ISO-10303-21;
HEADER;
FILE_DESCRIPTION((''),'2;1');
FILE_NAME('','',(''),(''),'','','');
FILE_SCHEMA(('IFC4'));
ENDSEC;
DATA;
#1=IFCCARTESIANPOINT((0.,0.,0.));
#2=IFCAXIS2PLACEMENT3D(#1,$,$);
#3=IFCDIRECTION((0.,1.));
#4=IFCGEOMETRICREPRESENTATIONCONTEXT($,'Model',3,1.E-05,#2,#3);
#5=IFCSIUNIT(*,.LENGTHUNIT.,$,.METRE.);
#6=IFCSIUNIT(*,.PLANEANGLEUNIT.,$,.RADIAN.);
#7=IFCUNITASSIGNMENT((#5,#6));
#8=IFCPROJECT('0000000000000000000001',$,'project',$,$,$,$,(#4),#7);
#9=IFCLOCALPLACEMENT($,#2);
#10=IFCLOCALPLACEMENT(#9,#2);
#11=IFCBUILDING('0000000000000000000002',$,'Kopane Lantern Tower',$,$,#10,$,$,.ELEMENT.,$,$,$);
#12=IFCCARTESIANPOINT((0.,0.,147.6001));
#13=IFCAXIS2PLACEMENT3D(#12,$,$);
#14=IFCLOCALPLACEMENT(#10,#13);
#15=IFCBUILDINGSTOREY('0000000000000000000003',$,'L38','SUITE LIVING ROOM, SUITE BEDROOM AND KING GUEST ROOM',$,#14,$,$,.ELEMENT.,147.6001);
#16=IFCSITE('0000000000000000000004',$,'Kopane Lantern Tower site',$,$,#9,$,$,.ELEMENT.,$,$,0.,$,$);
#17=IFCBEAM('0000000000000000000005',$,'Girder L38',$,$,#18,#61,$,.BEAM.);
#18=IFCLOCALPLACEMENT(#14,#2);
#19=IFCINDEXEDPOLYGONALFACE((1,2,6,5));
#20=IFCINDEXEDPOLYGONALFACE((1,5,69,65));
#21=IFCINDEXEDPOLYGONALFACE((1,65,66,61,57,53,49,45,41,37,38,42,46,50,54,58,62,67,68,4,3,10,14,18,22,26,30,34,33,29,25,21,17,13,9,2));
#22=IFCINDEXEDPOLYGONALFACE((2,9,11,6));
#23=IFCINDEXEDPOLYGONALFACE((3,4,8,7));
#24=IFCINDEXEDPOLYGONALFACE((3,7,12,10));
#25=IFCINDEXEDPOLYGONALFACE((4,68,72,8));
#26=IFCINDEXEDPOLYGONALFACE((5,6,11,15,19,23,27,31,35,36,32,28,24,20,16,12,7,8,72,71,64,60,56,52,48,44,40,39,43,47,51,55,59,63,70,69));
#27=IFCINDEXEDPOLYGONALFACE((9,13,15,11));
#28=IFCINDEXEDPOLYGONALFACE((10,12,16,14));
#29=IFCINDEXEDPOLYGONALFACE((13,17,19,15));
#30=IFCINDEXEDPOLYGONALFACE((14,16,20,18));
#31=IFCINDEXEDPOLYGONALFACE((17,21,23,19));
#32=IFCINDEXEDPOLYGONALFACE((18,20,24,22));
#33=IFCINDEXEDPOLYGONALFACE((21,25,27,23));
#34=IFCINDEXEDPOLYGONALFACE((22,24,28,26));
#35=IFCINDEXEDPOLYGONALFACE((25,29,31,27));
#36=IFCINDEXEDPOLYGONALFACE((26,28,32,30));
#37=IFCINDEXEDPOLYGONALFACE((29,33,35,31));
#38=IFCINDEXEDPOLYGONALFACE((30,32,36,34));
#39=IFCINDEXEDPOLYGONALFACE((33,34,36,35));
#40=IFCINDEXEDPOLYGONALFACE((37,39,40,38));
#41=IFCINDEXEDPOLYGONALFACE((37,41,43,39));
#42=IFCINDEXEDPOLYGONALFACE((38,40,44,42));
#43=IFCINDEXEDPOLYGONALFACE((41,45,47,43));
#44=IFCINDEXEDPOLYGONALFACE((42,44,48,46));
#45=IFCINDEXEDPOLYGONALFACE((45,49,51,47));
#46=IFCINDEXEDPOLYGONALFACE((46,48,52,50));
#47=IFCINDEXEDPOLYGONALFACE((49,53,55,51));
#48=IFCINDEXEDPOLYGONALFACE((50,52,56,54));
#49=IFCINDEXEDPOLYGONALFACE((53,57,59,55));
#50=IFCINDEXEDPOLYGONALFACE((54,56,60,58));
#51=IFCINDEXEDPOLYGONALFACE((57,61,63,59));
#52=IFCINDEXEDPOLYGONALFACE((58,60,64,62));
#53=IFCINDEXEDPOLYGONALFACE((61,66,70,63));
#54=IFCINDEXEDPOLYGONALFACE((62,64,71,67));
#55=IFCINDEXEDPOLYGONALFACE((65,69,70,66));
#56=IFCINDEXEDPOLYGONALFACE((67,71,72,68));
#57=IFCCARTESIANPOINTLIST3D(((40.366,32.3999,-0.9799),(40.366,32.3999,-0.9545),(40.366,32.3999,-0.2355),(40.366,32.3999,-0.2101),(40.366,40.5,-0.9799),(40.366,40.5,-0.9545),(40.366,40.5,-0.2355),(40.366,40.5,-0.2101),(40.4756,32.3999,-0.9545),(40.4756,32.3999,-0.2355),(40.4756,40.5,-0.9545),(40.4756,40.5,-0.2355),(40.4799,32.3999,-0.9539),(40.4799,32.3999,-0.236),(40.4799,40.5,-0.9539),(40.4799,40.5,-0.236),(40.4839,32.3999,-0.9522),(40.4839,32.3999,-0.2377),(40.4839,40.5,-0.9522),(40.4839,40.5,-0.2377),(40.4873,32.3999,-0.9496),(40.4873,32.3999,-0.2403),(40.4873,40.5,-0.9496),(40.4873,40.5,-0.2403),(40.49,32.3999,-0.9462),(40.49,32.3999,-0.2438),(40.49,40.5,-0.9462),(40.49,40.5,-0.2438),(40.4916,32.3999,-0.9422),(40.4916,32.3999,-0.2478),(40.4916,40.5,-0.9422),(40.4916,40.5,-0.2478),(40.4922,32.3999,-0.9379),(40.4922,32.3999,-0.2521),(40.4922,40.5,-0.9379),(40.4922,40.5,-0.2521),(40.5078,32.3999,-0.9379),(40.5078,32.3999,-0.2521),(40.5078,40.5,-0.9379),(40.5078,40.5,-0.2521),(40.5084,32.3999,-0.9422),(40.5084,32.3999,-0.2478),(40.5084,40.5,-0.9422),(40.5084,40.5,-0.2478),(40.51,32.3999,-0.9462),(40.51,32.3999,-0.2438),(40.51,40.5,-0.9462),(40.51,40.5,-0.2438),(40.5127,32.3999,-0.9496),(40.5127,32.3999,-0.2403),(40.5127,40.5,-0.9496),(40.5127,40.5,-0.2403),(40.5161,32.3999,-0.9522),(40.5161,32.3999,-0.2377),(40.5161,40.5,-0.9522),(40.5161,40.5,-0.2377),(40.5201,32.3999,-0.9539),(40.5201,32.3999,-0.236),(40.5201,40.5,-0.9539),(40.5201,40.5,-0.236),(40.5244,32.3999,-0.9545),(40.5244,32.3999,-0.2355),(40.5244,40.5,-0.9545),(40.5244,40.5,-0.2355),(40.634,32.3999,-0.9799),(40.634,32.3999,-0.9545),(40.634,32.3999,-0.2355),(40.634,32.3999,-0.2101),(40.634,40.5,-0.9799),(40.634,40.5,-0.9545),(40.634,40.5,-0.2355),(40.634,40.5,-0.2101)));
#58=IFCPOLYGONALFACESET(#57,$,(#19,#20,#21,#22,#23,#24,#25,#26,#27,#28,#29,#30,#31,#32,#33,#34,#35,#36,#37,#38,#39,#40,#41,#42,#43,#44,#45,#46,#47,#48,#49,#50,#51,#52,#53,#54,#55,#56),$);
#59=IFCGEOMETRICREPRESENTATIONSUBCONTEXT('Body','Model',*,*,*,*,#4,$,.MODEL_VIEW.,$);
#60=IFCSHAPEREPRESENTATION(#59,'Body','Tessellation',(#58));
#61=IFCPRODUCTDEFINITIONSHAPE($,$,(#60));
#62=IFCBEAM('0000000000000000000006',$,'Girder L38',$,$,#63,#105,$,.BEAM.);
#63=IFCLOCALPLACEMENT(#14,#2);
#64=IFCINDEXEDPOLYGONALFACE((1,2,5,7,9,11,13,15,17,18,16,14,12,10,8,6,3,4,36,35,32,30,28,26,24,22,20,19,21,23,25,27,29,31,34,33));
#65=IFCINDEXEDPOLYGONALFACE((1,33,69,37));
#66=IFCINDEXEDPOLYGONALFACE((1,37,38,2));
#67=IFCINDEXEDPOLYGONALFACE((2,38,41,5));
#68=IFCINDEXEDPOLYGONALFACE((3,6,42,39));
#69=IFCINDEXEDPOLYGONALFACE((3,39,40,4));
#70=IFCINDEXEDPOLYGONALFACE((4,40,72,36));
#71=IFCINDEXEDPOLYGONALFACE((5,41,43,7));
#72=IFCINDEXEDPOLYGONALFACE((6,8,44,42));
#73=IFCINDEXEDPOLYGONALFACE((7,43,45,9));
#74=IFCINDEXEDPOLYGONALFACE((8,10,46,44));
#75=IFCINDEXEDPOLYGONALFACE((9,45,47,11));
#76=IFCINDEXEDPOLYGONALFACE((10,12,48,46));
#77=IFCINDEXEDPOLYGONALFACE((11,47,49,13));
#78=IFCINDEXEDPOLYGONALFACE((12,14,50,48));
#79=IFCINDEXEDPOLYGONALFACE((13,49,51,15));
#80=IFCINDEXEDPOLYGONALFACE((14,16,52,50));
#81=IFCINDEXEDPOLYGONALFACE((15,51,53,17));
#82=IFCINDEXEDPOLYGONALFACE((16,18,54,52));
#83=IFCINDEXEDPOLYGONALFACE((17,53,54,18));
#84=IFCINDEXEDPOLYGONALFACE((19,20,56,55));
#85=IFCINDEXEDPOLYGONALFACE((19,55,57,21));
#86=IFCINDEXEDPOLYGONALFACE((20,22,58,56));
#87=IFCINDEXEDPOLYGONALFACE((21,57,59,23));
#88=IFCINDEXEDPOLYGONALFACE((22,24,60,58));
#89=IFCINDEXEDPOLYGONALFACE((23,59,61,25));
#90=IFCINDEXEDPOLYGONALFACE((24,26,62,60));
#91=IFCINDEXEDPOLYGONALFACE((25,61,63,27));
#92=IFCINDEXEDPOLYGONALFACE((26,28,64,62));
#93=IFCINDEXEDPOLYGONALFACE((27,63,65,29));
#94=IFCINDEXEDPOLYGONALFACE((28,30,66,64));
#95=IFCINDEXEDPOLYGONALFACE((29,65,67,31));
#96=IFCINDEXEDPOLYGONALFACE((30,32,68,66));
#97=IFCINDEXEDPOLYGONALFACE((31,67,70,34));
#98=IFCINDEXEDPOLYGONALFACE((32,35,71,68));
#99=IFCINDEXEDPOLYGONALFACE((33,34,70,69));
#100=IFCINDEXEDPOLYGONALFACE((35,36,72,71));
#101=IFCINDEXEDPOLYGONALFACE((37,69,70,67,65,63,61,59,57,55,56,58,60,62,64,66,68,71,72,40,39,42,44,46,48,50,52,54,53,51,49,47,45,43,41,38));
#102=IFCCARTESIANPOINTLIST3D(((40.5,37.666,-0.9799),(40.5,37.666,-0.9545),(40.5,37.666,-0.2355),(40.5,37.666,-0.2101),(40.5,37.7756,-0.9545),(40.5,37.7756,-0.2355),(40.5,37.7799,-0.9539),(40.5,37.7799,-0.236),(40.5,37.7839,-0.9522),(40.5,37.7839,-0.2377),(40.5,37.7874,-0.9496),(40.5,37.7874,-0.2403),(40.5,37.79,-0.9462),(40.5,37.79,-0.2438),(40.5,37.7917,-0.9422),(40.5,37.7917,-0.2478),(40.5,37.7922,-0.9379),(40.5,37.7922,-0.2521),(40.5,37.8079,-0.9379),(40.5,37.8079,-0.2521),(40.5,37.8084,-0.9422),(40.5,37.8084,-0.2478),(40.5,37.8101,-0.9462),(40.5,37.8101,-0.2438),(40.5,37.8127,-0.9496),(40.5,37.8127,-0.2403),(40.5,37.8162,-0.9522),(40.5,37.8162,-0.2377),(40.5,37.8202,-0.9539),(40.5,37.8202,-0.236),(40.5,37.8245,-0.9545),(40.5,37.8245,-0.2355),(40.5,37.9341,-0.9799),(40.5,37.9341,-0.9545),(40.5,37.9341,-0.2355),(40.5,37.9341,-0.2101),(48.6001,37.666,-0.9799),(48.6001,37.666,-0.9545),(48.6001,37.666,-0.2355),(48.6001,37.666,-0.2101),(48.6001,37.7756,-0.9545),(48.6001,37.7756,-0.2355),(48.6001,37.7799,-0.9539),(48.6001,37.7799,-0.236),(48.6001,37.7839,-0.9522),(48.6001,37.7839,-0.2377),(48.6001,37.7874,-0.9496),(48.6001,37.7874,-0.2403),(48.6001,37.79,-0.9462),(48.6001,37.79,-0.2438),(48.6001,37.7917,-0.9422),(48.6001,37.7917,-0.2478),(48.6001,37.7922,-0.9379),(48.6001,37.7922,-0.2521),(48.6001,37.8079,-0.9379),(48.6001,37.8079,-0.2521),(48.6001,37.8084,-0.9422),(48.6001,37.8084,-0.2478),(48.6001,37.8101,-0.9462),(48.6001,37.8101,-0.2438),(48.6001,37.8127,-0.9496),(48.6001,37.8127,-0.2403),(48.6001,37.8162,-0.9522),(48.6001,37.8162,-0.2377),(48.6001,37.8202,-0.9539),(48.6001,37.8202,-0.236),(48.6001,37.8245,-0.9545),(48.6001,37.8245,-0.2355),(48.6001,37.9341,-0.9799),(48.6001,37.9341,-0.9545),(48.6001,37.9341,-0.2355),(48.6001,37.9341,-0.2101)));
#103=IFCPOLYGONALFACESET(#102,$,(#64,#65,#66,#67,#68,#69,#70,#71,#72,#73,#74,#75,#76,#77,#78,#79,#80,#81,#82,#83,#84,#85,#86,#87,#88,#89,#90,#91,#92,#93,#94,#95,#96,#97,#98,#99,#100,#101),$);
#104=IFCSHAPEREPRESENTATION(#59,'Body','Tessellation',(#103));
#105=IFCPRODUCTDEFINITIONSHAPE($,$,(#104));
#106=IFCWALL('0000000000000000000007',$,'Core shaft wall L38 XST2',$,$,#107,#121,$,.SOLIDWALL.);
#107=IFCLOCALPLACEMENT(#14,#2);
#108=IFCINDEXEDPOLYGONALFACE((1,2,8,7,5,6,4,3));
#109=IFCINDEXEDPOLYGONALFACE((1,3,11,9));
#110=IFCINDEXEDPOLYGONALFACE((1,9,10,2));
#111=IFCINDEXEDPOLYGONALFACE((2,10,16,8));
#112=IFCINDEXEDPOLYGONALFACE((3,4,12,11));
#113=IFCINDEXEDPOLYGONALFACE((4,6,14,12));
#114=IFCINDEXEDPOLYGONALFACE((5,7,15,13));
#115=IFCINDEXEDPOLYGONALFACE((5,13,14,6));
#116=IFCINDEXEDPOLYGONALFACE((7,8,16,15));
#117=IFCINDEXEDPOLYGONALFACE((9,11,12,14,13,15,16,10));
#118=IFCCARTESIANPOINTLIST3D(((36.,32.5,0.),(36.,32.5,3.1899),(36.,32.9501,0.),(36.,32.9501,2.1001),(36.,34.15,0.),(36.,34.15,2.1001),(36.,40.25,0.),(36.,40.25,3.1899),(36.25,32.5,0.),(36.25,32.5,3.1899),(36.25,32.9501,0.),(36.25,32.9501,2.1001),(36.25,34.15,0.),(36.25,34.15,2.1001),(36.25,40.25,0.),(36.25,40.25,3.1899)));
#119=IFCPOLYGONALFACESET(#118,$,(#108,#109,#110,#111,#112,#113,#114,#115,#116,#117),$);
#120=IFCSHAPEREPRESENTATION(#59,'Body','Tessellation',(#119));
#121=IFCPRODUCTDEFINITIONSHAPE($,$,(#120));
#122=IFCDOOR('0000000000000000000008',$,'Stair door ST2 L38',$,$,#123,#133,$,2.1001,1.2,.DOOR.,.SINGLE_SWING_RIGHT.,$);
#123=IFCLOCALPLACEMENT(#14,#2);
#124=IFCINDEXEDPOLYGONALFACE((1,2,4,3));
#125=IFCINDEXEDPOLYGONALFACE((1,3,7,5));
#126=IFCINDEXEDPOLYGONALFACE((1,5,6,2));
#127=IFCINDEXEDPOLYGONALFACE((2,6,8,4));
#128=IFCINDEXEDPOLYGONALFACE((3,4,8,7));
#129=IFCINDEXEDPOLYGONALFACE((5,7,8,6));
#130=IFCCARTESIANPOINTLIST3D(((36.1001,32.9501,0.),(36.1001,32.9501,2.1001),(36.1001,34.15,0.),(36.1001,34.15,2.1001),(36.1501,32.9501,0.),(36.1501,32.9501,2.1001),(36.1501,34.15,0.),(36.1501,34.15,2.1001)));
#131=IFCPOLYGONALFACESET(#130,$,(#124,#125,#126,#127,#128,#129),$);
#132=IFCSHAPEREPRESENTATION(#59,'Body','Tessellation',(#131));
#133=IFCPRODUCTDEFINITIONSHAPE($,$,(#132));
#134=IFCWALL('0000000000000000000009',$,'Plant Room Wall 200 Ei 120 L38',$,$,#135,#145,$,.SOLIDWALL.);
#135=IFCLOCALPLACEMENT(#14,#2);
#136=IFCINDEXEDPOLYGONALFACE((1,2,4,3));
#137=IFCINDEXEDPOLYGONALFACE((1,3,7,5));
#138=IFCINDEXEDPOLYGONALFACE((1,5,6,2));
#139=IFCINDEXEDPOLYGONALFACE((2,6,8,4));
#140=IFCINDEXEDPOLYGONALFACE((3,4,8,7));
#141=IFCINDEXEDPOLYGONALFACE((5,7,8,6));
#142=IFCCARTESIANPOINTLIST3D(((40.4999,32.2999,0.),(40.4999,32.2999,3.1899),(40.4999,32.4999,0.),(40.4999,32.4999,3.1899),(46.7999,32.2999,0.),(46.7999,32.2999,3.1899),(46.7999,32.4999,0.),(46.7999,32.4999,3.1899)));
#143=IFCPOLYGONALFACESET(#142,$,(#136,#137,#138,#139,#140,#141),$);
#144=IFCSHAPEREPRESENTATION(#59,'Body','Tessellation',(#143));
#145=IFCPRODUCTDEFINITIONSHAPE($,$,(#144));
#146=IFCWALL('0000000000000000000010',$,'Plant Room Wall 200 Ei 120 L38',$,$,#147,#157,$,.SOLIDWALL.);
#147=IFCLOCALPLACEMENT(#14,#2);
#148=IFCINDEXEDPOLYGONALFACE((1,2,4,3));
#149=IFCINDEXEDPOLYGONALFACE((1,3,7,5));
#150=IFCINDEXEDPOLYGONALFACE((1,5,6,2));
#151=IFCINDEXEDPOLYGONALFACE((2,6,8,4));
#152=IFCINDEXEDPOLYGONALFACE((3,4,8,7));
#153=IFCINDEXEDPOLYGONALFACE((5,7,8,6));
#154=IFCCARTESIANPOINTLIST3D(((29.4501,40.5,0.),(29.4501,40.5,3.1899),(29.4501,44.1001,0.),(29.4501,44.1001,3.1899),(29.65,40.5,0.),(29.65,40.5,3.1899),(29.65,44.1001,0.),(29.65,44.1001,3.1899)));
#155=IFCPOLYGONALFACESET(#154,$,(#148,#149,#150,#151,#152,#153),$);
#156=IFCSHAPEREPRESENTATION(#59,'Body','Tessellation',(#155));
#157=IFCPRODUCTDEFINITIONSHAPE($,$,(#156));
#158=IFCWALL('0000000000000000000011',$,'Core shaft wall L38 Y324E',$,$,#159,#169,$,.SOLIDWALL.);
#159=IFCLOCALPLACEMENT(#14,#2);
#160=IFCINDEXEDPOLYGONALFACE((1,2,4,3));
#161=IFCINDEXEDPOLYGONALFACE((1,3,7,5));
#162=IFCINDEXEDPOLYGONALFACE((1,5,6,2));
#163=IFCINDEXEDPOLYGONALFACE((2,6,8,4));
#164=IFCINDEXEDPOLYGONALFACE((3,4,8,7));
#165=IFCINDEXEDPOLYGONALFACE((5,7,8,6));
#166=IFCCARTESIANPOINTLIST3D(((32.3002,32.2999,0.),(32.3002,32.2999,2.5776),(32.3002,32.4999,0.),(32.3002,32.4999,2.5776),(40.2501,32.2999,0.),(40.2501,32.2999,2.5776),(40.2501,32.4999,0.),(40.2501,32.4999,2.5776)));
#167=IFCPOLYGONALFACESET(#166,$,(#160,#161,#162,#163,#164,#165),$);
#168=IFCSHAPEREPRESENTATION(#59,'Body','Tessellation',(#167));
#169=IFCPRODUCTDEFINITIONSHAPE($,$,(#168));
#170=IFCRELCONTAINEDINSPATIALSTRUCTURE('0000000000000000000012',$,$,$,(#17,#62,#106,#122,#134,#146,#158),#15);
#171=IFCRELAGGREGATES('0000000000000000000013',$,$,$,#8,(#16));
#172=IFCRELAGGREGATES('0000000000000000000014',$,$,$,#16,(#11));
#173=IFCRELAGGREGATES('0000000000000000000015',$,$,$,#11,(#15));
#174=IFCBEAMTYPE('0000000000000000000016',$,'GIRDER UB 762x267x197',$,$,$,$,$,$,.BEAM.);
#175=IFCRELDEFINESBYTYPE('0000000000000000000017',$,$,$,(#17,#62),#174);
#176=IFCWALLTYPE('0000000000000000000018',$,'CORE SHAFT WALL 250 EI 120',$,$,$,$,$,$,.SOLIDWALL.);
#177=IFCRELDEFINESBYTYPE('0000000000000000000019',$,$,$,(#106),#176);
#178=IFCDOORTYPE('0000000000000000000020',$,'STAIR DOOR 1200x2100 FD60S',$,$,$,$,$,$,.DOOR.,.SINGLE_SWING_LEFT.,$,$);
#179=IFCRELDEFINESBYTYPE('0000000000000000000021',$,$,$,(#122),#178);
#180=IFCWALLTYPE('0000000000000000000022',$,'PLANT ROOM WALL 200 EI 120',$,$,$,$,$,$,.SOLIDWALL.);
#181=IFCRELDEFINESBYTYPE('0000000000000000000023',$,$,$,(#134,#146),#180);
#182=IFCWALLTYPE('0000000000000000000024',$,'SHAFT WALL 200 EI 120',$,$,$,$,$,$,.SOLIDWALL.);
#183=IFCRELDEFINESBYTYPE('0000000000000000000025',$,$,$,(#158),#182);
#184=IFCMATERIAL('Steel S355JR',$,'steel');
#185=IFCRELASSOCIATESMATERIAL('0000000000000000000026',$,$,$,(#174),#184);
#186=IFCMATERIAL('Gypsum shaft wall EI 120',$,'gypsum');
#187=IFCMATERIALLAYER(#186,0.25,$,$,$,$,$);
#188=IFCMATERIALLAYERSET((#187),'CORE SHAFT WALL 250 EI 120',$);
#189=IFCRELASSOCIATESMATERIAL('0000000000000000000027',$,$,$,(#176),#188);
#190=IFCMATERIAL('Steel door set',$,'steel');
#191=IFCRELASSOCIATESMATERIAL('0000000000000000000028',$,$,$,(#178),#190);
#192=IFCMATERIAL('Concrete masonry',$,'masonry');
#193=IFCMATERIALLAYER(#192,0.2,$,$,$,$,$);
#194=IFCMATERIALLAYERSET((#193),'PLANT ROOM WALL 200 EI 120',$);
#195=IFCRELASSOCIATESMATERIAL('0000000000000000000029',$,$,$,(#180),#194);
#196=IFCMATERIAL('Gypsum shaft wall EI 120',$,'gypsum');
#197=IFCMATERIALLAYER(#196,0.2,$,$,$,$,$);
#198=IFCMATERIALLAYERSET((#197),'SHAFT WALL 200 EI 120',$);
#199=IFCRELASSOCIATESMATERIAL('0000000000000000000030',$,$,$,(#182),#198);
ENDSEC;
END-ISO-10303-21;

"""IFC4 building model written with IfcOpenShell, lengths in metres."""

from ifc_helpers import new_model, si_unit, direction, frame, frame_2d, origin, origin_2d, place, context, subcontext, project, spatial, rectangle, i_section, extrude, material, layer, layer_set, material_profile, profile_set, type_object, element, fill, save


model = new_model("IFC4")

# Units and contexts
model_context = context("Model", 3, precision=1e-05, world=origin(), true_north=direction((0.0, 1.0)))
body_context = subcontext(model_context, "Body", "Model", "MODEL_VIEW")
ifc_project = project(units=[si_unit("LENGTHUNIT", "METRE"), si_unit("PLANEANGLEUNIT", "RADIAN")], contexts=[model_context])

# Site, building, storey
site_placement = place(None, origin())
site = spatial("IfcSite", under=ifc_project, at=site_placement, Name="Kopane Lantern Tower site", CompositionType="ELEMENT", RefElevation=0.0)
building_placement = place(site_placement, origin())
building = spatial("IfcBuilding", under=site, at=building_placement, Name="Kopane Lantern Tower", CompositionType="ELEMENT")
storey_placement = place(building_placement, frame((0.0, 0.0, 147.6001)))
storey = spatial("IfcBuildingStorey", under=building, at=storey_placement, Name="L38", Description="SUITE LIVING ROOM, SUITE BEDROOM AND KING GUEST ROOM", CompositionType="ELEMENT", Elevation=147.6001)

# Beams
ifc_material_1 = material(Name="Steel S355JR", Category="steel")
ifc_material_profile_1 = material_profile(ifc_material_1, i_section(OverallWidth=0.2681, OverallDepth=0.7698, WebThickness=0.0156, FlangeThickness=0.0254, FilletRadius=0.0166, at=origin_2d()), Name="UB 762x267x197")
ifc_profile_set_1 = profile_set([ifc_material_profile_1], Name="Steel S355JR")
beam_type_1 = type_object("IfcBeamType", Name="GIRDER UB 762x267x197", PredefinedType="BEAM", material=ifc_profile_set_1)
for number, where, z_axis, x_axis, name in (
    (1, (40.5, 32.3999, -0.595), (0.0, 1.0, 0.0), (-1.0, 0.0, 0.0), "Girder L38"),
    (2, (40.5, 37.8, -0.595), (1.0, 0.0, 0.0), (0.0, 1.0, 0.0), "Girder L38"),
):
    element("IfcBeam", number, at=place(storey_placement, frame(where, z_axis=z_axis, x_axis=x_axis)), inside=storey, type_object=beam_type_1, Name=name, PredefinedType="BEAM", context=body_context, shape_type="SweptSolid", body=[
        extrude(i_section(OverallWidth=0.2681, OverallDepth=0.7698, WebThickness=0.0156, FlangeThickness=0.0254, FilletRadius=0.0166, at=origin_2d()), origin(), (0.0, 0.0, 1.0), 8.1001),
    ])

# Wall, opening, door
ifc_material_2 = material(Name="Gypsum shaft wall EI 120", Category="gypsum")
ifc_layer_1 = layer(ifc_material_2, 0.25)
ifc_layer_set_1 = layer_set([ifc_layer_1], Name="CORE SHAFT WALL 250 EI 120")
wall_type_1 = type_object("IfcWallType", Name="CORE SHAFT WALL 250 EI 120", PredefinedType="SOLIDWALL", material=ifc_layer_set_1)
wall_1_placement = place(storey_placement, frame((36.125, 32.5, 0.0), z_axis=(0.0, 0.0, 1.0), x_axis=(0.0, 1.0, 0.0)))
wall_1 = element("IfcWall", 3, at=wall_1_placement, inside=storey, type_object=wall_type_1, Name="Core shaft wall L38 XST2", PredefinedType="SOLIDWALL", context=body_context, shape_type="SweptSolid", body=[
    extrude(rectangle(XDim=7.75, YDim=0.25, at=frame_2d((3.875, 0.0))), origin(), (0.0, 0.0, 1.0), 3.1899),
])
opening_1_placement = place(wall_1_placement, frame((0.45, 0.0, 0.0)))
opening_1 = element("IfcOpeningElement", 4, at=opening_1_placement, cuts=wall_1, PredefinedType="OPENING", context=body_context, shape_type="SweptSolid", body=[
    extrude(rectangle(XDim=1.2, YDim=2.1001, at=frame_2d((0.6001, 1.05))), frame((0.0, 0.135, 0.0), z_axis=(0.0, -1.0, 0.0), x_axis=(1.0, 0.0, 0.0)), (0.0, 0.0, 1.0), 0.27),
])
ifc_material_3 = material(Name="Steel door set", Category="steel")
door_type_1 = type_object("IfcDoorType", Name="STAIR DOOR 1200x2100 FD60S", OperationType="SINGLE_SWING_LEFT", PredefinedType="DOOR", material=ifc_material_3)
door_1_placement = place(opening_1_placement, origin())
door_1 = element("IfcDoor", 5, at=door_1_placement, inside=storey, type_object=door_type_1, Name="Stair door ST2 L38", OperationType="SINGLE_SWING_RIGHT", OverallHeight=2.1001, OverallWidth=1.2, PredefinedType="DOOR", context=body_context, shape_type="SweptSolid", body=[
    extrude(rectangle(XDim=1.2, YDim=2.1001, at=frame_2d((0.6001, 1.05))), frame((0.0, 0.0249, 0.0), z_axis=(0.0, -1.0, 0.0), x_axis=(1.0, 0.0, 0.0)), (0.0, 0.0, 1.0), 0.05),
])
fill(opening_1, door_1)

# Walls
ifc_material_4 = material(Name="Concrete masonry", Category="masonry")
ifc_layer_2 = layer(ifc_material_4, 0.2)
ifc_layer_set_2 = layer_set([ifc_layer_2], Name="PLANT ROOM WALL 200 EI 120")
wall_type_2 = type_object("IfcWallType", Name="PLANT ROOM WALL 200 EI 120", PredefinedType="SOLIDWALL", material=ifc_layer_set_2)
wall_2_placement = place(storey_placement, frame((40.5, 32.3999, 0.0), z_axis=(0.0, 0.0, 1.0), x_axis=(1.0, 0.0, 0.0)))
element("IfcWall", 6, at=wall_2_placement, inside=storey, type_object=wall_type_2, Name="Plant Room Wall 200 Ei 120 L38", PredefinedType="SOLIDWALL", context=body_context, shape_type="SweptSolid", body=[
    extrude(rectangle(XDim=6.3, YDim=0.2, at=frame_2d((3.1499, 0.0))), origin(), (0.0, 0.0, 1.0), 3.1899),
])
wall_3_placement = place(storey_placement, frame((29.55, 40.5, 0.0), z_axis=(0.0, 0.0, 1.0), x_axis=(0.0, 1.0, 0.0)))
element("IfcWall", 7, at=wall_3_placement, inside=storey, type_object=wall_type_2, Name="Plant Room Wall 200 Ei 120 L38", PredefinedType="SOLIDWALL", context=body_context, shape_type="SweptSolid", body=[
    extrude(rectangle(XDim=3.6001, YDim=0.2, at=frame_2d((1.8, 0.0))), origin(), (0.0, 0.0, 1.0), 3.1899),
])
ifc_material_5 = material(Name="Gypsum shaft wall EI 120", Category="gypsum")
ifc_layer_3 = layer(ifc_material_5, 0.2)
ifc_layer_set_3 = layer_set([ifc_layer_3], Name="SHAFT WALL 200 EI 120")
wall_type_3 = type_object("IfcWallType", Name="SHAFT WALL 200 EI 120", PredefinedType="SOLIDWALL", material=ifc_layer_set_3)
wall_4_placement = place(storey_placement, frame((32.3, 32.3999, 0.0), z_axis=(0.0, 0.0, 1.0), x_axis=(1.0, 0.0, 0.0)))
element("IfcWall", 8, at=wall_4_placement, inside=storey, type_object=wall_type_3, Name="Core shaft wall L38 Y324E", PredefinedType="SOLIDWALL", context=body_context, shape_type="SweptSolid", body=[
    extrude(rectangle(XDim=7.95, YDim=0.2, at=frame_2d((3.9751, 0.0))), origin(), (0.0, 0.0, 1.0), 2.5776),
])

save(model, "model.ifc")
